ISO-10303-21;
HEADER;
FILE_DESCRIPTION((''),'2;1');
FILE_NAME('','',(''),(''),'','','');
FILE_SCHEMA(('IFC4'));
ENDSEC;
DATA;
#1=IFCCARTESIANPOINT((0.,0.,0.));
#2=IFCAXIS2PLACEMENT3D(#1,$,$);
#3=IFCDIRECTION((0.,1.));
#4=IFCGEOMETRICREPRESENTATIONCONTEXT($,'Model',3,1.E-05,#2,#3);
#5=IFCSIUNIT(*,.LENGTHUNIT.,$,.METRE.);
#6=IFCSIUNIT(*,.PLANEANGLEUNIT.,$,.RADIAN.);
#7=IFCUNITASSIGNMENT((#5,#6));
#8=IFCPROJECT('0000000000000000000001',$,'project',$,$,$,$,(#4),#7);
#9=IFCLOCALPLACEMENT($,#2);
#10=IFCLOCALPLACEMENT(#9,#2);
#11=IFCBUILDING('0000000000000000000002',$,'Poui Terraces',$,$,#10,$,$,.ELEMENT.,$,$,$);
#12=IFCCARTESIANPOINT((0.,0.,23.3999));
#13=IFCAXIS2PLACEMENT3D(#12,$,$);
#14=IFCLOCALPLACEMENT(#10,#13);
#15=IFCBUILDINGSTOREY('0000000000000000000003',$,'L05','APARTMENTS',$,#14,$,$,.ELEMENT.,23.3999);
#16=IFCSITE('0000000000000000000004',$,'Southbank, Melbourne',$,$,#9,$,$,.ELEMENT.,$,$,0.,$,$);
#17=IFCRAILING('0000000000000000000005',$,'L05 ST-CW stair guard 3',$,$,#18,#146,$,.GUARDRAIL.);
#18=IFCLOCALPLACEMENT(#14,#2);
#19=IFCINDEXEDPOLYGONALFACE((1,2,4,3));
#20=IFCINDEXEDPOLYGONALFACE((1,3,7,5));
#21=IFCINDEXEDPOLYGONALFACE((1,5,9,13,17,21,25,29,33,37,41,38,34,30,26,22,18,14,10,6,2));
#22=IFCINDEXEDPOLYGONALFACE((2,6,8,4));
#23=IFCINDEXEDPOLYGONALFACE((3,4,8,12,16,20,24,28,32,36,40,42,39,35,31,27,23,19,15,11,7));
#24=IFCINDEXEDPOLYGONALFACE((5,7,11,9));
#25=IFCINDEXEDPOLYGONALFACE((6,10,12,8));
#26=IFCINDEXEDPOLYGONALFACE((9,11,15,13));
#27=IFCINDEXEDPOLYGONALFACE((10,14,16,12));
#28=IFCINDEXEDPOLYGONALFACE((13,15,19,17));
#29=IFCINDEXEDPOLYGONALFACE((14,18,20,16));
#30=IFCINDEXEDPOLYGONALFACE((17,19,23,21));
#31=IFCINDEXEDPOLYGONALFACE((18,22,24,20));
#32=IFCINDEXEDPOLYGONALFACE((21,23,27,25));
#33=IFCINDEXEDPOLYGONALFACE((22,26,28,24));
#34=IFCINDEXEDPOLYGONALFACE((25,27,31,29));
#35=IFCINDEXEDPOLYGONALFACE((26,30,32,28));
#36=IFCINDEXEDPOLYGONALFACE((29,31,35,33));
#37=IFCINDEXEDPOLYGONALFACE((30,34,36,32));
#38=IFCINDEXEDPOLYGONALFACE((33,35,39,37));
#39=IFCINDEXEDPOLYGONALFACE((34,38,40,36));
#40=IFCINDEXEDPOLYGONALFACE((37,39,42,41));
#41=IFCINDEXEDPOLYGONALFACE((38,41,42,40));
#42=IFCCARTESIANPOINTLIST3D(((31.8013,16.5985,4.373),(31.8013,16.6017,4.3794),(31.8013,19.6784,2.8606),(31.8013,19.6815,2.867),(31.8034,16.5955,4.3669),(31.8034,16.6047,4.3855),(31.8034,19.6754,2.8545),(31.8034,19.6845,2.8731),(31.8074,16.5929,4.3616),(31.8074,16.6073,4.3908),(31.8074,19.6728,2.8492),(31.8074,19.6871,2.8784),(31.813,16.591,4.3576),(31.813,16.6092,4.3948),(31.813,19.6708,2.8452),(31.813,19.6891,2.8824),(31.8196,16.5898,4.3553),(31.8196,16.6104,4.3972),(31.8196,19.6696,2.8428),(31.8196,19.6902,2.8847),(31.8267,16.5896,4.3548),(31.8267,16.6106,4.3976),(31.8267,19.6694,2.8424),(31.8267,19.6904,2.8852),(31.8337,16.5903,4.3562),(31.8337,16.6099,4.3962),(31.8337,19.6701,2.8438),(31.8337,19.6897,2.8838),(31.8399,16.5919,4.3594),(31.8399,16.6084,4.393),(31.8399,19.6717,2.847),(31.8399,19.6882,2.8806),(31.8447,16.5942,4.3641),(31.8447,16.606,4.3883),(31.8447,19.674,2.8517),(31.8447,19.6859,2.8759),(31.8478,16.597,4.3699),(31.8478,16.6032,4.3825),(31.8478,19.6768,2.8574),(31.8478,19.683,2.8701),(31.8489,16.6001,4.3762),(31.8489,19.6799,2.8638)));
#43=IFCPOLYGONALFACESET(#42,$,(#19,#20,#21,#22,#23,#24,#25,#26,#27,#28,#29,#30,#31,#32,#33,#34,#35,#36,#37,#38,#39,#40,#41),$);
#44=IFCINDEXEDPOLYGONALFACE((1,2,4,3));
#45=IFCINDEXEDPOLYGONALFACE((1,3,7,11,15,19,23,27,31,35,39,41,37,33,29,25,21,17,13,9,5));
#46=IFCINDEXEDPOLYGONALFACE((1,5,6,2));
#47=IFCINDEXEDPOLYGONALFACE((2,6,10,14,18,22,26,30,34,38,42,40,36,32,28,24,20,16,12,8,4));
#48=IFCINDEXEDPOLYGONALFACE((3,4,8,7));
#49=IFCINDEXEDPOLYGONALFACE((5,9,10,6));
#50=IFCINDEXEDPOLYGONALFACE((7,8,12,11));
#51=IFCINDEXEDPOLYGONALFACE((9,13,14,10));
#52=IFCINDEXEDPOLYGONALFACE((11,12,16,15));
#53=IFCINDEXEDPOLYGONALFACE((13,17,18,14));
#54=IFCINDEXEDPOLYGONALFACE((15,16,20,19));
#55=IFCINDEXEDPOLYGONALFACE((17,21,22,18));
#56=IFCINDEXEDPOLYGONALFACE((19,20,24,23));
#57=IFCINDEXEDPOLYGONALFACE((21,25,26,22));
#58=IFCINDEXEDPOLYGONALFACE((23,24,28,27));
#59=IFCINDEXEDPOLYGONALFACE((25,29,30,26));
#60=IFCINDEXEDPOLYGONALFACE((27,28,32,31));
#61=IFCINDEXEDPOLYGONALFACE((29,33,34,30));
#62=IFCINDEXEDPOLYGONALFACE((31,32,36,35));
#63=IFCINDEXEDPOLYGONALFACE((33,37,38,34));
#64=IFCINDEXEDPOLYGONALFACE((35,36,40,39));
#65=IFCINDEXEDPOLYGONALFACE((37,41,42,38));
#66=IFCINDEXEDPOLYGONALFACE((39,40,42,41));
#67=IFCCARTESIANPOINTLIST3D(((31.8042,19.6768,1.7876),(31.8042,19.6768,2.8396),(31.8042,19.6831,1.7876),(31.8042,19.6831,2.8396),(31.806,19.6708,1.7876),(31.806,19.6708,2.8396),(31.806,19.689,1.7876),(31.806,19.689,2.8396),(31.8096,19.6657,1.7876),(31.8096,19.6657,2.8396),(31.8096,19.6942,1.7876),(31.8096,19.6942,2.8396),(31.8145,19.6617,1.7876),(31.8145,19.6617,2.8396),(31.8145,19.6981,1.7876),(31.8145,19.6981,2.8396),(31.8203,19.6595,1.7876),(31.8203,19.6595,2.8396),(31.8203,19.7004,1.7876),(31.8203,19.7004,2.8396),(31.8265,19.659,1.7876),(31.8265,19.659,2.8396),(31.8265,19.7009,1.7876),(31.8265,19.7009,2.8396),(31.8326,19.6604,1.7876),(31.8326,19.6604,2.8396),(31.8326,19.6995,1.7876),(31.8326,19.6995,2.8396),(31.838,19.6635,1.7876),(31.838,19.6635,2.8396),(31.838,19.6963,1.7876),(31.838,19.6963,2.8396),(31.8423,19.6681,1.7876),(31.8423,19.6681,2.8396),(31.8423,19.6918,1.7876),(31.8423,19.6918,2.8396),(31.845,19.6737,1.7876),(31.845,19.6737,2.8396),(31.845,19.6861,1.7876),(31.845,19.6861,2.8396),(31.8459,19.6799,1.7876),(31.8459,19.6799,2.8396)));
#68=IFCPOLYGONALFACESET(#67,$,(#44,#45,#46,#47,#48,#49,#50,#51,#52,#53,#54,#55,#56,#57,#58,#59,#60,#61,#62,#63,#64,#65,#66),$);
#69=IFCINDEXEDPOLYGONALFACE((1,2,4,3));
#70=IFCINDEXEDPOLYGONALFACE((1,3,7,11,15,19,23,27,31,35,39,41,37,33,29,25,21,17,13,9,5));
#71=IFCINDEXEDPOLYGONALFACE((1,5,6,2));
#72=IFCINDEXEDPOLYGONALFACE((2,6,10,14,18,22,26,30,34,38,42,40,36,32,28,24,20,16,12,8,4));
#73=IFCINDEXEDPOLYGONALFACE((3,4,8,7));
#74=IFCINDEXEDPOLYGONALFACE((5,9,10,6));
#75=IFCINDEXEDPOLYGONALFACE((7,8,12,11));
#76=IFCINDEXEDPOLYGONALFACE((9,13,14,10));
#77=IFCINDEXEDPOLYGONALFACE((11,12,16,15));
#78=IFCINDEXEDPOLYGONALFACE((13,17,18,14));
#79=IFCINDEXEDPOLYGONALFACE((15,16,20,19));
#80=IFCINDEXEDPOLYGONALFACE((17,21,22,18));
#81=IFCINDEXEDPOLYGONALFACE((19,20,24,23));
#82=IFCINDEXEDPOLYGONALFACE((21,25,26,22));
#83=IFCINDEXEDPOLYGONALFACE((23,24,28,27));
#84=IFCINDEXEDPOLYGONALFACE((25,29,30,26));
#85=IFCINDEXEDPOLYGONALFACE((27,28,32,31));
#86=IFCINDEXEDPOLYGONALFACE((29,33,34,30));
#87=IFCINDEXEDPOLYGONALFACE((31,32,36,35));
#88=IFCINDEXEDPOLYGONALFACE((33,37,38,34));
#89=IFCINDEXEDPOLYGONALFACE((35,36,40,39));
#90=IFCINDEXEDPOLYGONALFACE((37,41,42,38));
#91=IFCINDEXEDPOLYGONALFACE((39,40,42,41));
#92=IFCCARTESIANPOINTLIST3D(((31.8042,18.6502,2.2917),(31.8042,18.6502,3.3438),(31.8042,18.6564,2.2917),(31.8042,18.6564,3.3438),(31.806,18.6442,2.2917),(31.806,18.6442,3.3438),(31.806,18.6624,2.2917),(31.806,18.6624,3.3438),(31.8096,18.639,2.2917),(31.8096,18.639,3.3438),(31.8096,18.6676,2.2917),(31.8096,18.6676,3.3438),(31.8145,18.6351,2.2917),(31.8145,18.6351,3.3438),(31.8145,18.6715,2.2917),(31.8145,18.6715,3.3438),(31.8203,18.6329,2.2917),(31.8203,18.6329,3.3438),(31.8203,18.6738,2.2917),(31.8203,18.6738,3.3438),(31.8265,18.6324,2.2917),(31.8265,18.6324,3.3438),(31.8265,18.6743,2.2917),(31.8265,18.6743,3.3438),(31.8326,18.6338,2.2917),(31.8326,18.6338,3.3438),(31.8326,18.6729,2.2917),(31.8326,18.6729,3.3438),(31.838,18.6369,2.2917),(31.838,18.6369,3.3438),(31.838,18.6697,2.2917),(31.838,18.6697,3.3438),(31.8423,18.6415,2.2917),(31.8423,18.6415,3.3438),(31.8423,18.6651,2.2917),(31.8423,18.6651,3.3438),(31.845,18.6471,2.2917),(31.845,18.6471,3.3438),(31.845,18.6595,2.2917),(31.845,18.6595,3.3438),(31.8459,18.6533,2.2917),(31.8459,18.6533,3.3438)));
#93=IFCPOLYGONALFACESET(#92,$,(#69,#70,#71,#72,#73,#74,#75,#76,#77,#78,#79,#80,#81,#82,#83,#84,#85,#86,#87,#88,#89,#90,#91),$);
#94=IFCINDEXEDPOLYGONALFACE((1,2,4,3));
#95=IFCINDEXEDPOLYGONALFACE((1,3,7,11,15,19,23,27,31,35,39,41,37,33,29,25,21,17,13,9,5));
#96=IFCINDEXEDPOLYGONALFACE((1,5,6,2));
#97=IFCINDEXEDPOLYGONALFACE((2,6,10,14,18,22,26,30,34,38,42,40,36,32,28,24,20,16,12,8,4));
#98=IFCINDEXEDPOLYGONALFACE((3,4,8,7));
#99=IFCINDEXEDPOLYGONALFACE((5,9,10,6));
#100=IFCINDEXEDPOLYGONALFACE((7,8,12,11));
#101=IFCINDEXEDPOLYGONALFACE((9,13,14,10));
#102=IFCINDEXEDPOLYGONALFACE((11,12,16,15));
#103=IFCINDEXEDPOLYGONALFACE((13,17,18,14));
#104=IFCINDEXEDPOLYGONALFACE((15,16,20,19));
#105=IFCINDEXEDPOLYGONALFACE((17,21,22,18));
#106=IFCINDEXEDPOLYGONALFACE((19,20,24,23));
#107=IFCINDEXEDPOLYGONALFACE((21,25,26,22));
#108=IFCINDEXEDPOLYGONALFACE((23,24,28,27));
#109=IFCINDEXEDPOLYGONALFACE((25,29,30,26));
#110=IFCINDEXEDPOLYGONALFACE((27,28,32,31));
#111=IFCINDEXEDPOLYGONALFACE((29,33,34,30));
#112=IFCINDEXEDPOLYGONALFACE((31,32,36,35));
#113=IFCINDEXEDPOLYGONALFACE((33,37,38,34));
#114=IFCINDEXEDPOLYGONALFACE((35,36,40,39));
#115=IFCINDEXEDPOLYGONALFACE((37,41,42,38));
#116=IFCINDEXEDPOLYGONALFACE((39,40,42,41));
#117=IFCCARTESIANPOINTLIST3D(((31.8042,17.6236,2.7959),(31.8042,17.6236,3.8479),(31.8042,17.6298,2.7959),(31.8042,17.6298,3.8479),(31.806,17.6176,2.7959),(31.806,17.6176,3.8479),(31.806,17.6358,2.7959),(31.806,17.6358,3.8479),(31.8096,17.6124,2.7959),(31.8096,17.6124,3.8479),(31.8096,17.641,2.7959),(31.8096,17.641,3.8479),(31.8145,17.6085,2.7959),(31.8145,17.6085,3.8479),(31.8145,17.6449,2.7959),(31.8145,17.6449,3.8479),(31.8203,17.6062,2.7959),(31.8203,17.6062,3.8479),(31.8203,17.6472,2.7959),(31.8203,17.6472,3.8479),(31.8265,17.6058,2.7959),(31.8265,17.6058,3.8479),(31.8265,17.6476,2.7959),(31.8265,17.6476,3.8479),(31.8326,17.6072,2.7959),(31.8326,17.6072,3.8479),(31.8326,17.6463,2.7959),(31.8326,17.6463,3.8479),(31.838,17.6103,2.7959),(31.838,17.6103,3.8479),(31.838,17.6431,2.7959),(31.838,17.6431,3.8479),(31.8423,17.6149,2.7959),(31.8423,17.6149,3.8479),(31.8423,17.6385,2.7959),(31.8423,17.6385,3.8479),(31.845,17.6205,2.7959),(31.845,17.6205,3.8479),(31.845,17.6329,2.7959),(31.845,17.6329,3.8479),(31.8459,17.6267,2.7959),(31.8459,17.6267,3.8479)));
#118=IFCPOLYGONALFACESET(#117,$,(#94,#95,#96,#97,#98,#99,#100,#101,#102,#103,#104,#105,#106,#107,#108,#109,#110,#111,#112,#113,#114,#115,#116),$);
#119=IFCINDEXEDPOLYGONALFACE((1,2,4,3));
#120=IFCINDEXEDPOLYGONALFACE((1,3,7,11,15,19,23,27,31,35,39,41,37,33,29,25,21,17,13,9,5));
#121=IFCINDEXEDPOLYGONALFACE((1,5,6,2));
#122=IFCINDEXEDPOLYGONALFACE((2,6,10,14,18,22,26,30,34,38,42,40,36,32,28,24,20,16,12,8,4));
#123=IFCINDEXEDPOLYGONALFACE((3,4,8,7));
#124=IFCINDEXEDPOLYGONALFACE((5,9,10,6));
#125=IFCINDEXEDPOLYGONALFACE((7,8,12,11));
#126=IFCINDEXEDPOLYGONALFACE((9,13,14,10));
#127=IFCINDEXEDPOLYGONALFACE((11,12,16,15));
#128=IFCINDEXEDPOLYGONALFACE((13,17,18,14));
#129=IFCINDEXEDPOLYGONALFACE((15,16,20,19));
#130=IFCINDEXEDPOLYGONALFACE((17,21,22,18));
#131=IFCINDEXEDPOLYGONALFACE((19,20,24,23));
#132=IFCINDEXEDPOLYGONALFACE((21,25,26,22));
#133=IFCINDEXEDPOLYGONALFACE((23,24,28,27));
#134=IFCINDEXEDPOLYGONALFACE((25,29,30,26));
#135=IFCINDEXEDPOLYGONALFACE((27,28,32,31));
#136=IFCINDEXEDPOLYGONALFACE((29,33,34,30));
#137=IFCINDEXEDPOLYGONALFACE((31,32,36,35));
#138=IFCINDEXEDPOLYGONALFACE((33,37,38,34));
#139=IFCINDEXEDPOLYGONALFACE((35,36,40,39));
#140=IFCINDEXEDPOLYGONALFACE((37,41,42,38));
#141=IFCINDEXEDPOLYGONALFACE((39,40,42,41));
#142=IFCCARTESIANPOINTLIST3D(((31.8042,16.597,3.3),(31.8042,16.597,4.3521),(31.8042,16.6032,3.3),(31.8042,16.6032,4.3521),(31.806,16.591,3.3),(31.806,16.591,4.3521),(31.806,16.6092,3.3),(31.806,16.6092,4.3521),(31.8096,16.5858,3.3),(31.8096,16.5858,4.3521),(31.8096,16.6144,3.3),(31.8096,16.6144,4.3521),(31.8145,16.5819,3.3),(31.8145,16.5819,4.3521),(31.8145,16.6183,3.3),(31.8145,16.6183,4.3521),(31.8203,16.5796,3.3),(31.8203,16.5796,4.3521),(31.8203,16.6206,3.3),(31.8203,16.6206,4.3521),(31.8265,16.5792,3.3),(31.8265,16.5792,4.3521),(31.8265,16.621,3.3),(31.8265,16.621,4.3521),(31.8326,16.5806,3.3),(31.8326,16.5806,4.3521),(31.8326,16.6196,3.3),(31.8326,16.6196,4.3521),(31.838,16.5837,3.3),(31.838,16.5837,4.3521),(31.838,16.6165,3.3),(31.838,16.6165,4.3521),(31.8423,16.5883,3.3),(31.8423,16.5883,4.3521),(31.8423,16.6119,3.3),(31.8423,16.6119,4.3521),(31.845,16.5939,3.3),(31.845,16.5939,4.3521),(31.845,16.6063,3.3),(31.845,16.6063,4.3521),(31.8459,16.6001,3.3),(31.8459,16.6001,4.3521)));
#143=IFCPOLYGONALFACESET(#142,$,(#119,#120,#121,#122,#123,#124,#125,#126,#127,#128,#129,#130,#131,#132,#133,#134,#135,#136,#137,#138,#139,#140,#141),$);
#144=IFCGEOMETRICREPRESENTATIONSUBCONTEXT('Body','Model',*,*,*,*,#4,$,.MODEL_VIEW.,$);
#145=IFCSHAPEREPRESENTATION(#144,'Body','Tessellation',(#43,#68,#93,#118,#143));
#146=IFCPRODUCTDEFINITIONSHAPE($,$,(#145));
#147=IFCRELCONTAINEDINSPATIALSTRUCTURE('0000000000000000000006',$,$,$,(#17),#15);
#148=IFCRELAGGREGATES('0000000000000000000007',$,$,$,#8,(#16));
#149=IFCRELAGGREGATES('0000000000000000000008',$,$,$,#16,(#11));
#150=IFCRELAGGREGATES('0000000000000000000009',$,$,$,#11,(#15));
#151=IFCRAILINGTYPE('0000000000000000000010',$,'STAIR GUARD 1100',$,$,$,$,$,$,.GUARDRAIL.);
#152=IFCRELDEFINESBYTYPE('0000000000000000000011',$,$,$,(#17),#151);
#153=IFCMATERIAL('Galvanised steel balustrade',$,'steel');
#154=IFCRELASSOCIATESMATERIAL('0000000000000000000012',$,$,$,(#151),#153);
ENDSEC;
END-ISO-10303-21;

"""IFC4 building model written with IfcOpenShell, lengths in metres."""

from ifc_helpers import new_model, si_unit, direction, frame, origin, origin_2d, place, context, subcontext, project, spatial, circle, extrude, material, type_object, element, save


model = new_model("IFC4")

# Units and contexts
model_context = context("Model", 3, precision=1e-05, world=origin(), true_north=direction((0.0, 1.0)))
body_context = subcontext(model_context, "Body", "Model", "MODEL_VIEW")
ifc_project = project(units=[si_unit("LENGTHUNIT", "METRE"), si_unit("PLANEANGLEUNIT", "RADIAN")], contexts=[model_context])

# Site, building, storey
site_placement = place(None, origin())
site = spatial("IfcSite", under=ifc_project, at=site_placement, Name="Southbank, Melbourne", CompositionType="ELEMENT", RefElevation=0.0)
building_placement = place(site_placement, origin())
building = spatial("IfcBuilding", under=site, at=building_placement, Name="Poui Terraces", CompositionType="ELEMENT")
storey_placement = place(building_placement, frame((0.0, 0.0, 23.3999)))
storey = spatial("IfcBuildingStorey", under=building, at=storey_placement, Name="L05", Description="APARTMENTS", CompositionType="ELEMENT", Elevation=23.3999)

# Railing
ifc_material_1 = material(Name="Galvanised steel balustrade", Category="steel")
railing_type_1 = type_object("IfcRailingType", Name="STAIR GUARD 1100", PredefinedType="GUARDRAIL", material=ifc_material_1)
railing_1_placement = place(storey_placement, frame((31.825, 19.6799, 1.7876)))
element("IfcRailing", 1, at=railing_1_placement, inside=storey, type_object=railing_type_1, Name="L05 ST-CW stair guard 3", PredefinedType="GUARDRAIL", context=body_context, shape_type="SweptSolid", body=[
    extrude(circle(Radius=0.0239, at=origin_2d()), frame((0.0, 0.0, 1.0762), z_axis=(0.0, -0.897606, 0.440798), x_axis=(1.0, 0.0, 0.0)), (0.0, 0.0, 1.0), 3.4312),
    extrude(circle(Radius=0.021, at=origin_2d()), origin(), (0.0, 0.0, 1.0), 1.052),
    extrude(circle(Radius=0.021, at=origin_2d()), frame((0.0, -1.0266, 0.5042)), (0.0, 0.0, 1.0), 1.052),
    extrude(circle(Radius=0.021, at=origin_2d()), frame((0.0, -2.0532, 1.0083)), (0.0, 0.0, 1.0), 1.052),
    extrude(circle(Radius=0.021, at=origin_2d()), frame((0.0, -3.0798, 1.5125)), (0.0, 0.0, 1.0), 1.052),
])

save(model, "model.ifc")
